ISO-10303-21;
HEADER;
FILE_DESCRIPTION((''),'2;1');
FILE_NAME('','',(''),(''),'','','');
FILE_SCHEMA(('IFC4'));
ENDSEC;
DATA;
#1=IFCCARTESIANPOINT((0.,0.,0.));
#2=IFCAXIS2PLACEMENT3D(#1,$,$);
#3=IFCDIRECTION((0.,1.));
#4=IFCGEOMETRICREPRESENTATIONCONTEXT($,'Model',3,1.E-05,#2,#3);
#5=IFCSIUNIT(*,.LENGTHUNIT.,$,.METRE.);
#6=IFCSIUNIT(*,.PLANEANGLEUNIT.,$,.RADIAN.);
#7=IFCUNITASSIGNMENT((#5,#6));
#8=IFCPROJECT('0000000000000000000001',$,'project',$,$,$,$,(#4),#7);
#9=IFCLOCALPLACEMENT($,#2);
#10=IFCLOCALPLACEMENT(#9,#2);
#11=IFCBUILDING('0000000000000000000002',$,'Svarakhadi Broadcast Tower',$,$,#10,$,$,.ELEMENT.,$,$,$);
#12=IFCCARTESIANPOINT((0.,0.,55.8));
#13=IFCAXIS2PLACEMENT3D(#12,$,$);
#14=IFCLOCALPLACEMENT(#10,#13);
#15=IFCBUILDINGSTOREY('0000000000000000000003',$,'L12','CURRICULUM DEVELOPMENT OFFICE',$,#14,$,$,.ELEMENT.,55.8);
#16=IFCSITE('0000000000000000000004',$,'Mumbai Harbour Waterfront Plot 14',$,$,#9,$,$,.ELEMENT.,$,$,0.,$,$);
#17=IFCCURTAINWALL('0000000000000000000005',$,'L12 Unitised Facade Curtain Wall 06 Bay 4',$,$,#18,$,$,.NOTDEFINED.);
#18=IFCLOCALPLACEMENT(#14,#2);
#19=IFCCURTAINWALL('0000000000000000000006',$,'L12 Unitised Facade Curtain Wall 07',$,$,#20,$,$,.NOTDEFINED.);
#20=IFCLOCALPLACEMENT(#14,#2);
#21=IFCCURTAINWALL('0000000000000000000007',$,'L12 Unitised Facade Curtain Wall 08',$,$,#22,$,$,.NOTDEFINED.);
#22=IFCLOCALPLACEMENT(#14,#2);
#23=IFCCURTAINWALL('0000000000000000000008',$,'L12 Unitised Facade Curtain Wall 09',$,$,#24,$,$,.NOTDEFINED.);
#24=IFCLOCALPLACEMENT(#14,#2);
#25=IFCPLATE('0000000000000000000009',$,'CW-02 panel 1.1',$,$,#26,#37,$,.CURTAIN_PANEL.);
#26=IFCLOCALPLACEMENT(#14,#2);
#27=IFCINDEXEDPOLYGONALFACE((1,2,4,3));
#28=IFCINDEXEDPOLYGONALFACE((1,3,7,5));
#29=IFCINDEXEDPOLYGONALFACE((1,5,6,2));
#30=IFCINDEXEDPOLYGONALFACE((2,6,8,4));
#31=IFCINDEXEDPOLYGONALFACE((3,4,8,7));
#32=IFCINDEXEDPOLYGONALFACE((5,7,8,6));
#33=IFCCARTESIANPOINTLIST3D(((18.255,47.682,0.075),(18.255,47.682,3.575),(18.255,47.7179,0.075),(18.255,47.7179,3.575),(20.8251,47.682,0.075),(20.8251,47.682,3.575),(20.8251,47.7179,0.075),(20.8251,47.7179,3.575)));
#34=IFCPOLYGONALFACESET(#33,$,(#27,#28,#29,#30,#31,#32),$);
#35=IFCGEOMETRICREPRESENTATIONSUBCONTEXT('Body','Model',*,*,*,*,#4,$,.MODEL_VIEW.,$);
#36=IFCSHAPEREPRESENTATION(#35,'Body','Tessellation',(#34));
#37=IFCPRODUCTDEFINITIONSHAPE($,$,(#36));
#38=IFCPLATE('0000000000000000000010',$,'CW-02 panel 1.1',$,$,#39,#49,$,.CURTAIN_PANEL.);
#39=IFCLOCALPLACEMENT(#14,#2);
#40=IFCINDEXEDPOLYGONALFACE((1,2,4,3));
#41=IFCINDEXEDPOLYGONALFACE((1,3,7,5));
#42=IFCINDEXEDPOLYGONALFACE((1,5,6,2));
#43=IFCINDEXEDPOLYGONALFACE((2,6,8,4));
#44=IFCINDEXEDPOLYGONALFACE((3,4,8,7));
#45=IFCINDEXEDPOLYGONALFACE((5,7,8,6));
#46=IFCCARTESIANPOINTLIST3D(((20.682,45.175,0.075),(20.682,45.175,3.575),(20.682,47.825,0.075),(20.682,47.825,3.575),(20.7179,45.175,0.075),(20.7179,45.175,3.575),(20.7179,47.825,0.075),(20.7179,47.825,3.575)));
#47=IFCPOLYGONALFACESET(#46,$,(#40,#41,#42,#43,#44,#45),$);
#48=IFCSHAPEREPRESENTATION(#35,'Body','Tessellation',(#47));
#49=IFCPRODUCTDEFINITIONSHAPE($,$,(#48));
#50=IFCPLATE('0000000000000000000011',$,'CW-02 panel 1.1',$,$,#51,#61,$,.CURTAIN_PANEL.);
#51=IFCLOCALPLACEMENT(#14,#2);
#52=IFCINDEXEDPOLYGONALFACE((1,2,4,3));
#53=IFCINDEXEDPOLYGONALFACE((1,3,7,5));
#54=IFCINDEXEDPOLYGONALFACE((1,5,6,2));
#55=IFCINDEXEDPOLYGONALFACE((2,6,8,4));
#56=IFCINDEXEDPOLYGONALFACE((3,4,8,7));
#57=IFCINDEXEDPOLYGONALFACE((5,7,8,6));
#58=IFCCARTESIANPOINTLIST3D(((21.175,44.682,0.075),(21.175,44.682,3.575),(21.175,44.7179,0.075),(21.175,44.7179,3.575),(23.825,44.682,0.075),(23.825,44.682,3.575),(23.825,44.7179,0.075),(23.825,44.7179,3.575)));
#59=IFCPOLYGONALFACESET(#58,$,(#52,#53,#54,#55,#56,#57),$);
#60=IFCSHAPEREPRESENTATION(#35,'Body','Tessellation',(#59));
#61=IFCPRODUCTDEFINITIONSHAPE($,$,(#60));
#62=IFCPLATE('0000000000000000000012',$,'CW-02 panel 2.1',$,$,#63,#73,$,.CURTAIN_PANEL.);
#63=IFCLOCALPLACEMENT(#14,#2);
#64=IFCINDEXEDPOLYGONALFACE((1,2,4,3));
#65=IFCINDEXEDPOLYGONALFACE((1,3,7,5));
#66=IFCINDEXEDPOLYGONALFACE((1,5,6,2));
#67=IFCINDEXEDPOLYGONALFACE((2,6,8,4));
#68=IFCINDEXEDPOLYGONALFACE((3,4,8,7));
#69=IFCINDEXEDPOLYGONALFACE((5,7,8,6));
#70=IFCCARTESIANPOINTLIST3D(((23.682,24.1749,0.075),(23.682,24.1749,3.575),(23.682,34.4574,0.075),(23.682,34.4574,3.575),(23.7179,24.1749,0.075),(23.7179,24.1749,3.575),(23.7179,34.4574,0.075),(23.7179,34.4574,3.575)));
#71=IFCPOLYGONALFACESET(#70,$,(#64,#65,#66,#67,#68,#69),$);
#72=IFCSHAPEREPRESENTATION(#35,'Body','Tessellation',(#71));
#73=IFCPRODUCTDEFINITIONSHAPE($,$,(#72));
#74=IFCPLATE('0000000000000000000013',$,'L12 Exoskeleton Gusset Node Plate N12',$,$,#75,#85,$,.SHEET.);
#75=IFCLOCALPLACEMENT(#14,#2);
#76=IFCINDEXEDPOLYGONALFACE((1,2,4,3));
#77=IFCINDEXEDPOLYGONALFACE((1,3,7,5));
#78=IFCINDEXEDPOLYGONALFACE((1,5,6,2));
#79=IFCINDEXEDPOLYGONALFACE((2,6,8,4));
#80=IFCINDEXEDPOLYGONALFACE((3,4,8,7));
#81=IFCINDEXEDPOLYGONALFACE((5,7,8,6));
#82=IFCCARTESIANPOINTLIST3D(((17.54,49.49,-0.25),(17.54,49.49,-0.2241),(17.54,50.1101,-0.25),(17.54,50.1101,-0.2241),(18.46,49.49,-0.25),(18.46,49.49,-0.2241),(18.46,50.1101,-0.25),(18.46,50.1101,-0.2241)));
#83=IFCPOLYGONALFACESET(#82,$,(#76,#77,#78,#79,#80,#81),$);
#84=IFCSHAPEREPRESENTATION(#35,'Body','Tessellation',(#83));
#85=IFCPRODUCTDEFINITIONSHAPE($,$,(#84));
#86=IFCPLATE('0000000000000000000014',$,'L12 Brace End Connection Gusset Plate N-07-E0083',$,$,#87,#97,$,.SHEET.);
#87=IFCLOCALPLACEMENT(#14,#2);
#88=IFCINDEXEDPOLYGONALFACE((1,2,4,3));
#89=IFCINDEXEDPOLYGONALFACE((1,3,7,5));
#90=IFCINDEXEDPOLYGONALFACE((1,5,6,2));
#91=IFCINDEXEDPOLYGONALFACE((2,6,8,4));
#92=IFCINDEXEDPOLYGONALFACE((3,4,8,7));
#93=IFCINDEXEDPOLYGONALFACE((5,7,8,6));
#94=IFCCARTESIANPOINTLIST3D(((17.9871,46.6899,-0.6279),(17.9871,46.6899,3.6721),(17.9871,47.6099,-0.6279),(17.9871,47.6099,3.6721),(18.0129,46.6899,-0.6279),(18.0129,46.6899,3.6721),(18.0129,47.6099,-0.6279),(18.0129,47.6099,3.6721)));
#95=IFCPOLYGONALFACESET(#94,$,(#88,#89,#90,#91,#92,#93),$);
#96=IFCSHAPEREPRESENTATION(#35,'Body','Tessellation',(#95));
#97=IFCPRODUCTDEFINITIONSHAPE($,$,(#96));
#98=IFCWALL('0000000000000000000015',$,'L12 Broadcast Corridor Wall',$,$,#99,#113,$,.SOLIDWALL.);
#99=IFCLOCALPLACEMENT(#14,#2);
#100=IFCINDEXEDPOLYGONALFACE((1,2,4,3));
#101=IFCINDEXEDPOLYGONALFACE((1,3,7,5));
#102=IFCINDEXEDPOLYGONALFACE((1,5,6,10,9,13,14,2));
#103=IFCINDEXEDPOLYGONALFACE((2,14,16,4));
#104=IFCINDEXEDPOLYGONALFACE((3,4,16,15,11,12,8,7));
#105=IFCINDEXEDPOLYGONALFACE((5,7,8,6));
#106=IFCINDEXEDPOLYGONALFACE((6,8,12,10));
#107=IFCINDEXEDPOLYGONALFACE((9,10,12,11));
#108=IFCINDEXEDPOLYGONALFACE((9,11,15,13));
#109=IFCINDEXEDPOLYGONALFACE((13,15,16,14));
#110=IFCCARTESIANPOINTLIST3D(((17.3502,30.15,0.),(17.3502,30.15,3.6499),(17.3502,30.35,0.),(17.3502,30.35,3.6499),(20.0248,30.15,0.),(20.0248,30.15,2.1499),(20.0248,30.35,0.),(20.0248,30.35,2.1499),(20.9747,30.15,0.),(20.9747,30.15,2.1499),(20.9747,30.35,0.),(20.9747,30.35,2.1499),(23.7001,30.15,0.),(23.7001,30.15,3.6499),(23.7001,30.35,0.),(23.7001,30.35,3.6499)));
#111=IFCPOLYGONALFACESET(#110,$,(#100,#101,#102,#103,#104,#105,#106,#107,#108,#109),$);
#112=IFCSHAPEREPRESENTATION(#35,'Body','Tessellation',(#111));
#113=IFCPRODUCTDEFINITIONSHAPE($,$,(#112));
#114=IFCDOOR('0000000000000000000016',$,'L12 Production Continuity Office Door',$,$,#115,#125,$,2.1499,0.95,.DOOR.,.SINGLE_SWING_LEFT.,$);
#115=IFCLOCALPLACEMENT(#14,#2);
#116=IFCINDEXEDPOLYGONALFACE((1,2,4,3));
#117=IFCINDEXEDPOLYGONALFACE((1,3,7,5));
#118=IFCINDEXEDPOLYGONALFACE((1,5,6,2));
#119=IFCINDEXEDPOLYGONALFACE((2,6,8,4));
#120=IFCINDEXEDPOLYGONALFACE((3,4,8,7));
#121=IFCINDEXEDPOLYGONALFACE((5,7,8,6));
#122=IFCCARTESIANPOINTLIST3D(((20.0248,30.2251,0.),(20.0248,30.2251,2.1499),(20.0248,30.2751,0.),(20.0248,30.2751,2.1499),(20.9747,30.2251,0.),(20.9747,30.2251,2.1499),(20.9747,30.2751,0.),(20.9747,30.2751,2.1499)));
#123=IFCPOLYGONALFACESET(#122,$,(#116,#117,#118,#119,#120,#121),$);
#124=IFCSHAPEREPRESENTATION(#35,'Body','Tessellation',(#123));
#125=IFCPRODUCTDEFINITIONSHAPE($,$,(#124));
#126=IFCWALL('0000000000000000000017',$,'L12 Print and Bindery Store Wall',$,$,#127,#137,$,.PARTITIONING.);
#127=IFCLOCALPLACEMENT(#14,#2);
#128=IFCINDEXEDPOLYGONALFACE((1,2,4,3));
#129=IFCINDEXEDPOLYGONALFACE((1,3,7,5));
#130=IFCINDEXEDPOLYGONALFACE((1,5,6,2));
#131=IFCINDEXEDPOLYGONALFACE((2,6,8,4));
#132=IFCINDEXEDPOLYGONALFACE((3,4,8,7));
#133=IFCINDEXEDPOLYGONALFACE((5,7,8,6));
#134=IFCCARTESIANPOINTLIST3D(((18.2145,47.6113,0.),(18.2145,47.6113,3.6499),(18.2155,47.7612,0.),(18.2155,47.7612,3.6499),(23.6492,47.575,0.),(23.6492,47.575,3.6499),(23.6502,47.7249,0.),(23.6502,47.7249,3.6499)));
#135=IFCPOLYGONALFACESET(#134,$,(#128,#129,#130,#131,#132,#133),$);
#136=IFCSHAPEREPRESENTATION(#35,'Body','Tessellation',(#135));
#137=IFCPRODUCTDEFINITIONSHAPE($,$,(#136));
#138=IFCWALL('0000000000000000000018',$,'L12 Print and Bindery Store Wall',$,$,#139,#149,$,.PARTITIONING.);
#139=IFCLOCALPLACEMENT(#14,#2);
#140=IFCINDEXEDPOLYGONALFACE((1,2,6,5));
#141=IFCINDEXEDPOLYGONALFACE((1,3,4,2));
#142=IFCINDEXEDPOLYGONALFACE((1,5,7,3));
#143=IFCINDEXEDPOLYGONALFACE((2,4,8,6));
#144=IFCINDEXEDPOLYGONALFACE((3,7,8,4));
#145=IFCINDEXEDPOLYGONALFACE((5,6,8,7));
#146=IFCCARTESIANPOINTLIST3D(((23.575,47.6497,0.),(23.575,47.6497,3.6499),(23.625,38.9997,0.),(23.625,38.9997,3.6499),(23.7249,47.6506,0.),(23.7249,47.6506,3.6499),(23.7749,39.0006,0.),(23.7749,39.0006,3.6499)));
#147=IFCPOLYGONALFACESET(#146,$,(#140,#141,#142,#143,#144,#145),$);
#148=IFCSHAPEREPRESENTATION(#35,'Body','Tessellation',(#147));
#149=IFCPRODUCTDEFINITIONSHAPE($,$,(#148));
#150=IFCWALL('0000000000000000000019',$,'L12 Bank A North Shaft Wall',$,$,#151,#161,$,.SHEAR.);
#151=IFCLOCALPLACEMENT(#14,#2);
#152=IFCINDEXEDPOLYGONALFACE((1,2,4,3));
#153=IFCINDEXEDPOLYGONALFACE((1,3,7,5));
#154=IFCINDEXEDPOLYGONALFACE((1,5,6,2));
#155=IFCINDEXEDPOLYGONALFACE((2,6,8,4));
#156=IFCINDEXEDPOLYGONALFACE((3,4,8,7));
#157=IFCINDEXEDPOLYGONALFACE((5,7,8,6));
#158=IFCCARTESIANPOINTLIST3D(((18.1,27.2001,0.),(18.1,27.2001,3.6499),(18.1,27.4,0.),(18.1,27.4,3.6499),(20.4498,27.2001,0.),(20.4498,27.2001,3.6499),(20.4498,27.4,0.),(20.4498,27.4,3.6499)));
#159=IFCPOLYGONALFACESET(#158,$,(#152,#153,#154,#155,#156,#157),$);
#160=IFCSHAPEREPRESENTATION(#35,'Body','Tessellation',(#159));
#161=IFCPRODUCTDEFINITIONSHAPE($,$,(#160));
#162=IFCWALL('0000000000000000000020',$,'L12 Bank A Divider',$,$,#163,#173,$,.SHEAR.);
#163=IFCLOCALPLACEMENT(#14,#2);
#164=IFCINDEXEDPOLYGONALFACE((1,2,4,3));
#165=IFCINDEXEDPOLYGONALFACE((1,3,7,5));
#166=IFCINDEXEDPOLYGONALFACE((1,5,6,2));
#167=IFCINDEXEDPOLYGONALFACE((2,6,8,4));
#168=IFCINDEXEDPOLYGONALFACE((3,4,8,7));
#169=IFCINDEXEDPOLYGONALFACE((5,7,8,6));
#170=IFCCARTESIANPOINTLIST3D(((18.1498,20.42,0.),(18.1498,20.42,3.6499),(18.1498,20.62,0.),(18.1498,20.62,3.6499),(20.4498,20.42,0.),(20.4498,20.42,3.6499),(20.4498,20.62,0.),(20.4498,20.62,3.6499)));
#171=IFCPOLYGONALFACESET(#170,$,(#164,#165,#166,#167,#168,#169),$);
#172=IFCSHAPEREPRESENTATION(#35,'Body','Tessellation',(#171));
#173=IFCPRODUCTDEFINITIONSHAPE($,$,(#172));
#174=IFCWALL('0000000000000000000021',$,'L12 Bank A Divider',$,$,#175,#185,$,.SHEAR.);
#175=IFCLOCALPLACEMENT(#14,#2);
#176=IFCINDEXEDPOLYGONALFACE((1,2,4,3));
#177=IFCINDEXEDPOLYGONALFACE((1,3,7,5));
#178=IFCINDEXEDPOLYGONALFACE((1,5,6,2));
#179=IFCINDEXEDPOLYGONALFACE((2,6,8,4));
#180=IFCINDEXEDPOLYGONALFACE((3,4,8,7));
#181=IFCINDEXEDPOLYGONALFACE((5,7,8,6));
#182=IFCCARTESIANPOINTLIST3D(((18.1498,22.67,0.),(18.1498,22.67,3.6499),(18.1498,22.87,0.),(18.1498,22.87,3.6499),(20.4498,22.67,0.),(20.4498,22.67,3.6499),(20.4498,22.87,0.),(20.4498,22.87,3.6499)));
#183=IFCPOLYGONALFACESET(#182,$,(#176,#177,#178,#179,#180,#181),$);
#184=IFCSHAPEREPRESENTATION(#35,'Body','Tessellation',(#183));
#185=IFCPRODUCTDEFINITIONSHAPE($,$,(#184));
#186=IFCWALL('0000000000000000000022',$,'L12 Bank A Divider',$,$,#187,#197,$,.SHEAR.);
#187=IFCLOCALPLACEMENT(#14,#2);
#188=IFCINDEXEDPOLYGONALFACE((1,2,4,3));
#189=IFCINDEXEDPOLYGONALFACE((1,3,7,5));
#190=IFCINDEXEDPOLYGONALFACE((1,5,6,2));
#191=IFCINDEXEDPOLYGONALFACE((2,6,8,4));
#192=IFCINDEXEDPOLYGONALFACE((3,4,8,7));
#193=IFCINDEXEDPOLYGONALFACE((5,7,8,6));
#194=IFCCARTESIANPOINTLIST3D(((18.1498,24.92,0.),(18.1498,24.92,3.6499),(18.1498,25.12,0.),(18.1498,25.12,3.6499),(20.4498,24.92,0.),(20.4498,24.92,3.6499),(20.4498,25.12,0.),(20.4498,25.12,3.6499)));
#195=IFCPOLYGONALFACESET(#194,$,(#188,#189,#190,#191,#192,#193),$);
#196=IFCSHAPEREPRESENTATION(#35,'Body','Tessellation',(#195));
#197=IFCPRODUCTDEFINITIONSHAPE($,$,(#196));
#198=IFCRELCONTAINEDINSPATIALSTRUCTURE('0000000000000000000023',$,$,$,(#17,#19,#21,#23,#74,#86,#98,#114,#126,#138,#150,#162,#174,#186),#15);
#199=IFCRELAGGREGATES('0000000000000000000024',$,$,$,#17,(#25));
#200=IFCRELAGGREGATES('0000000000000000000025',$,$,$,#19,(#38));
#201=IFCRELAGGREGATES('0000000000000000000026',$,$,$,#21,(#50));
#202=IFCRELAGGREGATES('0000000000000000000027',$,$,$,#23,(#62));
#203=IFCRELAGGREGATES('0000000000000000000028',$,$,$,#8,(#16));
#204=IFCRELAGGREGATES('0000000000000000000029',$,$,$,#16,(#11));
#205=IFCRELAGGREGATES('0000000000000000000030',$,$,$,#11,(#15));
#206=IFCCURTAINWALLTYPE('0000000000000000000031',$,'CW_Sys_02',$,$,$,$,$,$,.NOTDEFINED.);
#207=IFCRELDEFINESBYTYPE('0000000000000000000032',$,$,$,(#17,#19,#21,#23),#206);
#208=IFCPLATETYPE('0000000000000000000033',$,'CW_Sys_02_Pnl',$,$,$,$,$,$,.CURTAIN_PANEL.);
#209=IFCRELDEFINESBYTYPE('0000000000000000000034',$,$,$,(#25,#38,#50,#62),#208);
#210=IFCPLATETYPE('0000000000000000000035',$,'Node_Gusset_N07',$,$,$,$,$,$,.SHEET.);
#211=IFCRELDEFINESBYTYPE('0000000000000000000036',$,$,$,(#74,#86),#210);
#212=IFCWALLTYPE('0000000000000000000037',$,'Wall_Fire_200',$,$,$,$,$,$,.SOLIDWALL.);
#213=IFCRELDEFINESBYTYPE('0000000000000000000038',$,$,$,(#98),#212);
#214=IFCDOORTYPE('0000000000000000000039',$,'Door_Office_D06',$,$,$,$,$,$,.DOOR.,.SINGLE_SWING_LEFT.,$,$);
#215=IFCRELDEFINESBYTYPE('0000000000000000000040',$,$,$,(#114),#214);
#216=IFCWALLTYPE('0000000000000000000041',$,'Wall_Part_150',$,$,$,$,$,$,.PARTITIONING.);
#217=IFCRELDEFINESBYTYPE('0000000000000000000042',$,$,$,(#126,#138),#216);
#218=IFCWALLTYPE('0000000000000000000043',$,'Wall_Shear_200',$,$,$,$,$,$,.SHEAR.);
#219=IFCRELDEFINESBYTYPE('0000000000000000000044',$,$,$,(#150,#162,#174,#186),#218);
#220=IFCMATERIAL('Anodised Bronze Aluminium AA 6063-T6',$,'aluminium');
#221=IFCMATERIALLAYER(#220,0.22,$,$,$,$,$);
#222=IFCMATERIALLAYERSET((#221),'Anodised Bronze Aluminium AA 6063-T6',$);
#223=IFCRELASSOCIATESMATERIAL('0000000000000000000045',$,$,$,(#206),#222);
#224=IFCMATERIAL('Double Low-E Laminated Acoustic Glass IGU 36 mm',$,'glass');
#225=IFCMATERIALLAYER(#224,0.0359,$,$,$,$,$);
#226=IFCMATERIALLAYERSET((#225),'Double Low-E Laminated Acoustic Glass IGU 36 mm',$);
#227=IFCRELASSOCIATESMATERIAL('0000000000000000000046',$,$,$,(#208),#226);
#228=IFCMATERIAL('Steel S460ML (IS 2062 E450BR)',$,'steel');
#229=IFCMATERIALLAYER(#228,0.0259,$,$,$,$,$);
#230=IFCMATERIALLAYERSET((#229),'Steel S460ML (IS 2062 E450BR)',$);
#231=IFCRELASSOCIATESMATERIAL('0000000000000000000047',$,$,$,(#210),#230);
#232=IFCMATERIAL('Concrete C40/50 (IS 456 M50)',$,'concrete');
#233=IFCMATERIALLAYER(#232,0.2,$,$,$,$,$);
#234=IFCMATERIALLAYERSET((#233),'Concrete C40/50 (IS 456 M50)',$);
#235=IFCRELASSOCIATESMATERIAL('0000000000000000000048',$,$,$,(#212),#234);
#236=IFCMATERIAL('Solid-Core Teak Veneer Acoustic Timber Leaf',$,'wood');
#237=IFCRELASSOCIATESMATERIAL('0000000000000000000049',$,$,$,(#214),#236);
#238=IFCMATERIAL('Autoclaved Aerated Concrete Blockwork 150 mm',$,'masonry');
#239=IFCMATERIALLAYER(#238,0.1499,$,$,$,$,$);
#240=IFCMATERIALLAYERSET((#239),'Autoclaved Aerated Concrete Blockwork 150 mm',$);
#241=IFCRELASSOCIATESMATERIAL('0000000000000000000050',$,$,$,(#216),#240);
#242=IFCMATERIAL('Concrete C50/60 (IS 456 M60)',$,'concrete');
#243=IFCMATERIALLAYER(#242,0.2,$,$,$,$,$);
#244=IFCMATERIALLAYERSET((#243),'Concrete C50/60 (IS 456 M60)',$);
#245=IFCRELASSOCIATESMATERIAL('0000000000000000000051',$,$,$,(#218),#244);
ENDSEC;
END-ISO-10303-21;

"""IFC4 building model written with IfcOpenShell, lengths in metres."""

from ifc_helpers import new_model, si_unit, direction, frame, frame_2d, origin, origin_2d, place, context, subcontext, project, spatial, rectangle, extrude, material, layer, layer_set, type_object, element, fill, aggregate, save


model = new_model("IFC4")

# Units and contexts
model_context = context("Model", 3, precision=1e-05, world=origin(), true_north=direction((0.0, 1.0)))
body_context = subcontext(model_context, "Body", "Model", "MODEL_VIEW")
ifc_project = project(units=[si_unit("LENGTHUNIT", "METRE"), si_unit("PLANEANGLEUNIT", "RADIAN")], contexts=[model_context])

# Site, building, storey
site_placement = place(None, origin())
site = spatial("IfcSite", under=ifc_project, at=site_placement, Name="Mumbai Harbour Waterfront Plot 14", CompositionType="ELEMENT", RefElevation=0.0)
building_placement = place(site_placement, origin())
building = spatial("IfcBuilding", under=site, at=building_placement, Name="Svarakhadi Broadcast Tower", CompositionType="ELEMENT")
storey_placement = place(building_placement, frame((0.0, 0.0, 55.8)))
storey = spatial("IfcBuildingStorey", under=building, at=storey_placement, Name="L12", Description="CURRICULUM DEVELOPMENT OFFICE", CompositionType="ELEMENT", Elevation=55.8)

# Curtain walls
ifc_material_1 = material(Name="Anodised Bronze Aluminium AA 6063-T6", Category="aluminium")
ifc_layer_1 = layer(ifc_material_1, 0.22)
ifc_layer_set_1 = layer_set([ifc_layer_1], Name="Anodised Bronze Aluminium AA 6063-T6")
curtain_wall_type = type_object("IfcCurtainWallType", Name="CW_Sys_02", PredefinedType="NOTDEFINED", material=ifc_layer_set_1)
curtain_wall_1_placement = place(storey_placement, origin())
curtain_wall_1 = element("IfcCurtainWall", 1, at=curtain_wall_1_placement, inside=storey, type_object=curtain_wall_type, Name="L12 Unitised Facade Curtain Wall 06 Bay 4", PredefinedType="NOTDEFINED")
curtain_wall_2_placement = place(storey_placement, origin())
curtain_wall_2 = element("IfcCurtainWall", 2, at=curtain_wall_2_placement, inside=storey, type_object=curtain_wall_type, Name="L12 Unitised Facade Curtain Wall 07", PredefinedType="NOTDEFINED")

# Curtain wall
curtain_wall_3_placement = place(storey_placement, origin())
curtain_wall_3 = element("IfcCurtainWall", 3, at=curtain_wall_3_placement, inside=storey, type_object=curtain_wall_type, Name="L12 Unitised Facade Curtain Wall 08", PredefinedType="NOTDEFINED")

# Curtain wall
curtain_wall_4_placement = place(storey_placement, origin())
curtain_wall_4 = element("IfcCurtainWall", 4, at=curtain_wall_4_placement, inside=storey, type_object=curtain_wall_type, Name="L12 Unitised Facade Curtain Wall 09", PredefinedType="NOTDEFINED")

# Shared definitions
ifc_material_2 = material(Name="Steel S460ML (IS 2062 E450BR)", Category="steel")

# Plates
ifc_material_3 = material(Name="Double Low-E Laminated Acoustic Glass IGU 36 mm", Category="glass")
ifc_layer_2 = layer(ifc_material_3, 0.0359)
ifc_layer_set_2 = layer_set([ifc_layer_2], Name="Double Low-E Laminated Acoustic Glass IGU 36 mm")
plate_type_1 = type_object("IfcPlateType", Name="CW_Sys_02_Pnl", PredefinedType="CURTAIN_PANEL", material=ifc_layer_set_2)
plate_1_placement = place(storey_placement, frame((19.54, 47.7, 0.075), z_axis=(0.0, 0.0, 1.0), x_axis=(1.0, 0.0, 0.0)))
plate_1 = element("IfcPlate", 5, at=plate_1_placement, type_object=plate_type_1, Name="CW-02 panel 1.1", PredefinedType="CURTAIN_PANEL", context=body_context, shape_type="SweptSolid", body=[
    extrude(rectangle(XDim=2.5701, YDim=0.0359, at=origin_2d()), origin(), (0.0, 0.0, 1.0), 3.5),
])
aggregate(curtain_wall_1, [plate_1])
plate_2_placement = place(storey_placement, frame((20.7, 46.5, 0.075), z_axis=(0.0, 0.0, 1.0), x_axis=(0.0, -1.0, 0.0)))
plate_2 = element("IfcPlate", 6, at=plate_2_placement, type_object=plate_type_1, Name="CW-02 panel 1.1", PredefinedType="CURTAIN_PANEL", context=body_context, shape_type="SweptSolid", body=[
    extrude(rectangle(XDim=2.6499, YDim=0.0359, at=origin_2d()), origin(), (0.0, 0.0, 1.0), 3.5),
])
aggregate(curtain_wall_2, [plate_2])
plate_3_placement = place(storey_placement, frame((22.5, 44.7, 0.075), z_axis=(0.0, 0.0, 1.0), x_axis=(1.0, 0.0, 0.0)))
plate_3 = element("IfcPlate", 7, at=plate_3_placement, type_object=plate_type_1, Name="CW-02 panel 1.1", PredefinedType="CURTAIN_PANEL", context=body_context, shape_type="SweptSolid", body=[
    extrude(rectangle(XDim=2.6499, YDim=0.0359, at=origin_2d()), origin(), (0.0, 0.0, 1.0), 3.5),
])
aggregate(curtain_wall_3, [plate_3])
plate_4_placement = place(storey_placement, frame((23.7, 29.3162, 0.075), z_axis=(0.0, 0.0, 1.0), x_axis=(0.0, -1.0, 0.0)))
plate_4 = element("IfcPlate", 8, at=plate_4_placement, type_object=plate_type_1, Name="CW-02 panel 2.1", PredefinedType="CURTAIN_PANEL", context=body_context, shape_type="SweptSolid", body=[
    extrude(rectangle(XDim=10.2825, YDim=0.0359, at=origin_2d()), origin(), (0.0, 0.0, 1.0), 3.5),
])
aggregate(curtain_wall_4, [plate_4])

# Plates
ifc_layer_3 = layer(ifc_material_2, 0.0259)
ifc_layer_set_3 = layer_set([ifc_layer_3], Name="Steel S460ML (IS 2062 E450BR)")
plate_type_2 = type_object("IfcPlateType", Name="Node_Gusset_N07", PredefinedType="SHEET", material=ifc_layer_set_3)
plate_5_placement = place(storey_placement, frame((18.0, 49.8, -0.25), z_axis=(0.0, 0.0, 1.0), x_axis=(1.0, 0.0, 0.0)))
element("IfcPlate", 9, at=plate_5_placement, inside=storey, type_object=plate_type_2, Name="L12 Exoskeleton Gusset Node Plate N12", PredefinedType="SHEET", context=body_context, shape_type="SweptSolid", body=[
    extrude(rectangle(XDim=0.9199, YDim=0.6201, at=origin_2d()), origin(), (0.0, 0.0, 1.0), 0.0259),
])
plate_6_placement = place(storey_placement, frame((18.0, 47.1499, -0.6279), z_axis=(0.0, 0.0, 1.0), x_axis=(0.0, 1.0, 0.0)))
element("IfcPlate", 10, at=plate_6_placement, inside=storey, type_object=plate_type_2, Name="L12 Brace End Connection Gusset Plate N-07-E0083", PredefinedType="SHEET", context=body_context, shape_type="SweptSolid", body=[
    extrude(rectangle(XDim=0.9199, YDim=0.0259, at=origin_2d()), origin(), (0.0, 0.0, 1.0), 4.3),
])

# Wall, opening, door
ifc_material_4 = material(Name="Concrete C40/50 (IS 456 M50)", Category="concrete")
ifc_layer_4 = layer(ifc_material_4, 0.2)
ifc_layer_set_4 = layer_set([ifc_layer_4], Name="Concrete C40/50 (IS 456 M50)")
wall_type_1 = type_object("IfcWallType", Name="Wall_Fire_200", PredefinedType="SOLIDWALL", material=ifc_layer_set_4)
wall_1_placement = place(storey_placement, frame((23.7, 30.25, 0.0), z_axis=(0.0, 0.0, 1.0), x_axis=(-1.0, 0.0, 0.0)))
wall_1 = element("IfcWall", 11, at=wall_1_placement, inside=storey, type_object=wall_type_1, Name="L12 Broadcast Corridor Wall", PredefinedType="SOLIDWALL", context=body_context, shape_type="SweptSolid", body=[
    extrude(rectangle(XDim=6.3499, YDim=0.2, at=frame_2d((3.1748, 0.0))), origin(), (0.0, 0.0, 1.0), 3.6499),
])
opening_placement = place(wall_1_placement, frame((2.7251, 0.0, 0.0)))
opening = element("IfcOpeningElement", 12, at=opening_placement, cuts=wall_1, PredefinedType="OPENING", context=body_context, shape_type="SweptSolid", body=[
    extrude(rectangle(XDim=0.95, YDim=2.1499, at=frame_2d((0.4751, 1.075))), frame((0.0, 0.1099, 0.0), z_axis=(0.0, -1.0, 0.0), x_axis=(1.0, 0.0, 0.0)), (0.0, 0.0, 1.0), 0.22),
])
ifc_material_5 = material(Name="Solid-Core Teak Veneer Acoustic Timber Leaf", Category="wood")
door_type = type_object("IfcDoorType", Name="Door_Office_D06", OperationType="SINGLE_SWING_LEFT", PredefinedType="DOOR", material=ifc_material_5)
door_placement = place(opening_placement, origin())
door = element("IfcDoor", 13, at=door_placement, inside=storey, type_object=door_type, Name="L12 Production Continuity Office Door", OperationType="SINGLE_SWING_LEFT", OverallHeight=2.1499, OverallWidth=0.95, PredefinedType="DOOR", context=body_context, shape_type="SweptSolid", body=[
    extrude(rectangle(XDim=0.95, YDim=2.1499, at=frame_2d((0.4751, 1.075))), frame((0.0, 0.0249, 0.0), z_axis=(0.0, -1.0, 0.0), x_axis=(1.0, 0.0, 0.0)), (0.0, 0.0, 1.0), 0.05),
])
fill(opening, door)

# Walls
ifc_material_6 = material(Name="Autoclaved Aerated Concrete Blockwork 150 mm", Category="masonry")
ifc_layer_5 = layer(ifc_material_6, 0.1499)
ifc_layer_set_5 = layer_set([ifc_layer_5], Name="Autoclaved Aerated Concrete Blockwork 150 mm")
wall_type_2 = type_object("IfcWallType", Name="Wall_Part_150", PredefinedType="PARTITIONING", material=ifc_layer_set_5)
wall_2_placement = place(storey_placement, frame((18.2151, 47.6863, 0.0), z_axis=(0.0, 0.0, 1.0), x_axis=(0.999978, -0.006693, 0.0)))
element("IfcWall", 14, at=wall_2_placement, inside=storey, type_object=wall_type_2, Name="L12 Print and Bindery Store Wall", PredefinedType="PARTITIONING", context=body_context, shape_type="SweptSolid", body=[
    extrude(rectangle(XDim=5.4348, YDim=0.1499, at=frame_2d((2.7173, 0.0))), origin(), (0.0, 0.0, 1.0), 3.6499),
])
wall_3_placement = place(storey_placement, frame((23.7, 39.0, 0.0), z_axis=(0.0, 0.0, 1.0), x_axis=(-0.005786, 0.999983, 0.0)))
element("IfcWall", 15, at=wall_3_placement, inside=storey, type_object=wall_type_2, Name="L12 Print and Bindery Store Wall", PredefinedType="PARTITIONING", context=body_context, shape_type="SweptSolid", body=[
    extrude(rectangle(XDim=8.6501, YDim=0.1499, at=frame_2d((4.3252, 0.0))), origin(), (0.0, 0.0, 1.0), 3.6499),
])
ifc_material_7 = material(Name="Concrete C50/60 (IS 456 M60)", Category="concrete")
ifc_layer_6 = layer(ifc_material_7, 0.2)
ifc_layer_set_6 = layer_set([ifc_layer_6], Name="Concrete C50/60 (IS 456 M60)")
wall_type_3 = type_object("IfcWallType", Name="Wall_Shear_200", PredefinedType="SHEAR", material=ifc_layer_set_6)
wall_4_placement = place(storey_placement, frame((18.1001, 27.3, 0.0), z_axis=(0.0, 0.0, 1.0), x_axis=(1.0, 0.0, 0.0)))
element("IfcWall", 16, at=wall_4_placement, inside=storey, type_object=wall_type_3, Name="L12 Bank A North Shaft Wall", PredefinedType="SHEAR", context=body_context, shape_type="SweptSolid", body=[
    extrude(rectangle(XDim=2.3499, YDim=0.2, at=frame_2d((1.1748, 0.0))), origin(), (0.0, 0.0, 1.0), 3.6499),
])
for number, where, z_axis, x_axis, name in (
    (17, (18.1499, 20.52, 0.0), (0.0, 0.0, 1.0), (1.0, 0.0, 0.0), "L12 Bank A Divider"),
    (18, (18.1499, 22.77, 0.0), (0.0, 0.0, 1.0), (1.0, 0.0, 0.0), "L12 Bank A Divider"),
    (19, (18.1499, 25.02, 0.0), (0.0, 0.0, 1.0), (1.0, 0.0, 0.0), "L12 Bank A Divider"),
):
    element("IfcWall", number, at=place(storey_placement, frame(where, z_axis=z_axis, x_axis=x_axis)), inside=storey, type_object=wall_type_3, Name=name, PredefinedType="SHEAR", context=body_context, shape_type="SweptSolid", body=[
        extrude(rectangle(XDim=2.3, YDim=0.2, at=frame_2d((1.1499, 0.0))), origin(), (0.0, 0.0, 1.0), 3.6499),
    ])

save(model, "model.ifc")
